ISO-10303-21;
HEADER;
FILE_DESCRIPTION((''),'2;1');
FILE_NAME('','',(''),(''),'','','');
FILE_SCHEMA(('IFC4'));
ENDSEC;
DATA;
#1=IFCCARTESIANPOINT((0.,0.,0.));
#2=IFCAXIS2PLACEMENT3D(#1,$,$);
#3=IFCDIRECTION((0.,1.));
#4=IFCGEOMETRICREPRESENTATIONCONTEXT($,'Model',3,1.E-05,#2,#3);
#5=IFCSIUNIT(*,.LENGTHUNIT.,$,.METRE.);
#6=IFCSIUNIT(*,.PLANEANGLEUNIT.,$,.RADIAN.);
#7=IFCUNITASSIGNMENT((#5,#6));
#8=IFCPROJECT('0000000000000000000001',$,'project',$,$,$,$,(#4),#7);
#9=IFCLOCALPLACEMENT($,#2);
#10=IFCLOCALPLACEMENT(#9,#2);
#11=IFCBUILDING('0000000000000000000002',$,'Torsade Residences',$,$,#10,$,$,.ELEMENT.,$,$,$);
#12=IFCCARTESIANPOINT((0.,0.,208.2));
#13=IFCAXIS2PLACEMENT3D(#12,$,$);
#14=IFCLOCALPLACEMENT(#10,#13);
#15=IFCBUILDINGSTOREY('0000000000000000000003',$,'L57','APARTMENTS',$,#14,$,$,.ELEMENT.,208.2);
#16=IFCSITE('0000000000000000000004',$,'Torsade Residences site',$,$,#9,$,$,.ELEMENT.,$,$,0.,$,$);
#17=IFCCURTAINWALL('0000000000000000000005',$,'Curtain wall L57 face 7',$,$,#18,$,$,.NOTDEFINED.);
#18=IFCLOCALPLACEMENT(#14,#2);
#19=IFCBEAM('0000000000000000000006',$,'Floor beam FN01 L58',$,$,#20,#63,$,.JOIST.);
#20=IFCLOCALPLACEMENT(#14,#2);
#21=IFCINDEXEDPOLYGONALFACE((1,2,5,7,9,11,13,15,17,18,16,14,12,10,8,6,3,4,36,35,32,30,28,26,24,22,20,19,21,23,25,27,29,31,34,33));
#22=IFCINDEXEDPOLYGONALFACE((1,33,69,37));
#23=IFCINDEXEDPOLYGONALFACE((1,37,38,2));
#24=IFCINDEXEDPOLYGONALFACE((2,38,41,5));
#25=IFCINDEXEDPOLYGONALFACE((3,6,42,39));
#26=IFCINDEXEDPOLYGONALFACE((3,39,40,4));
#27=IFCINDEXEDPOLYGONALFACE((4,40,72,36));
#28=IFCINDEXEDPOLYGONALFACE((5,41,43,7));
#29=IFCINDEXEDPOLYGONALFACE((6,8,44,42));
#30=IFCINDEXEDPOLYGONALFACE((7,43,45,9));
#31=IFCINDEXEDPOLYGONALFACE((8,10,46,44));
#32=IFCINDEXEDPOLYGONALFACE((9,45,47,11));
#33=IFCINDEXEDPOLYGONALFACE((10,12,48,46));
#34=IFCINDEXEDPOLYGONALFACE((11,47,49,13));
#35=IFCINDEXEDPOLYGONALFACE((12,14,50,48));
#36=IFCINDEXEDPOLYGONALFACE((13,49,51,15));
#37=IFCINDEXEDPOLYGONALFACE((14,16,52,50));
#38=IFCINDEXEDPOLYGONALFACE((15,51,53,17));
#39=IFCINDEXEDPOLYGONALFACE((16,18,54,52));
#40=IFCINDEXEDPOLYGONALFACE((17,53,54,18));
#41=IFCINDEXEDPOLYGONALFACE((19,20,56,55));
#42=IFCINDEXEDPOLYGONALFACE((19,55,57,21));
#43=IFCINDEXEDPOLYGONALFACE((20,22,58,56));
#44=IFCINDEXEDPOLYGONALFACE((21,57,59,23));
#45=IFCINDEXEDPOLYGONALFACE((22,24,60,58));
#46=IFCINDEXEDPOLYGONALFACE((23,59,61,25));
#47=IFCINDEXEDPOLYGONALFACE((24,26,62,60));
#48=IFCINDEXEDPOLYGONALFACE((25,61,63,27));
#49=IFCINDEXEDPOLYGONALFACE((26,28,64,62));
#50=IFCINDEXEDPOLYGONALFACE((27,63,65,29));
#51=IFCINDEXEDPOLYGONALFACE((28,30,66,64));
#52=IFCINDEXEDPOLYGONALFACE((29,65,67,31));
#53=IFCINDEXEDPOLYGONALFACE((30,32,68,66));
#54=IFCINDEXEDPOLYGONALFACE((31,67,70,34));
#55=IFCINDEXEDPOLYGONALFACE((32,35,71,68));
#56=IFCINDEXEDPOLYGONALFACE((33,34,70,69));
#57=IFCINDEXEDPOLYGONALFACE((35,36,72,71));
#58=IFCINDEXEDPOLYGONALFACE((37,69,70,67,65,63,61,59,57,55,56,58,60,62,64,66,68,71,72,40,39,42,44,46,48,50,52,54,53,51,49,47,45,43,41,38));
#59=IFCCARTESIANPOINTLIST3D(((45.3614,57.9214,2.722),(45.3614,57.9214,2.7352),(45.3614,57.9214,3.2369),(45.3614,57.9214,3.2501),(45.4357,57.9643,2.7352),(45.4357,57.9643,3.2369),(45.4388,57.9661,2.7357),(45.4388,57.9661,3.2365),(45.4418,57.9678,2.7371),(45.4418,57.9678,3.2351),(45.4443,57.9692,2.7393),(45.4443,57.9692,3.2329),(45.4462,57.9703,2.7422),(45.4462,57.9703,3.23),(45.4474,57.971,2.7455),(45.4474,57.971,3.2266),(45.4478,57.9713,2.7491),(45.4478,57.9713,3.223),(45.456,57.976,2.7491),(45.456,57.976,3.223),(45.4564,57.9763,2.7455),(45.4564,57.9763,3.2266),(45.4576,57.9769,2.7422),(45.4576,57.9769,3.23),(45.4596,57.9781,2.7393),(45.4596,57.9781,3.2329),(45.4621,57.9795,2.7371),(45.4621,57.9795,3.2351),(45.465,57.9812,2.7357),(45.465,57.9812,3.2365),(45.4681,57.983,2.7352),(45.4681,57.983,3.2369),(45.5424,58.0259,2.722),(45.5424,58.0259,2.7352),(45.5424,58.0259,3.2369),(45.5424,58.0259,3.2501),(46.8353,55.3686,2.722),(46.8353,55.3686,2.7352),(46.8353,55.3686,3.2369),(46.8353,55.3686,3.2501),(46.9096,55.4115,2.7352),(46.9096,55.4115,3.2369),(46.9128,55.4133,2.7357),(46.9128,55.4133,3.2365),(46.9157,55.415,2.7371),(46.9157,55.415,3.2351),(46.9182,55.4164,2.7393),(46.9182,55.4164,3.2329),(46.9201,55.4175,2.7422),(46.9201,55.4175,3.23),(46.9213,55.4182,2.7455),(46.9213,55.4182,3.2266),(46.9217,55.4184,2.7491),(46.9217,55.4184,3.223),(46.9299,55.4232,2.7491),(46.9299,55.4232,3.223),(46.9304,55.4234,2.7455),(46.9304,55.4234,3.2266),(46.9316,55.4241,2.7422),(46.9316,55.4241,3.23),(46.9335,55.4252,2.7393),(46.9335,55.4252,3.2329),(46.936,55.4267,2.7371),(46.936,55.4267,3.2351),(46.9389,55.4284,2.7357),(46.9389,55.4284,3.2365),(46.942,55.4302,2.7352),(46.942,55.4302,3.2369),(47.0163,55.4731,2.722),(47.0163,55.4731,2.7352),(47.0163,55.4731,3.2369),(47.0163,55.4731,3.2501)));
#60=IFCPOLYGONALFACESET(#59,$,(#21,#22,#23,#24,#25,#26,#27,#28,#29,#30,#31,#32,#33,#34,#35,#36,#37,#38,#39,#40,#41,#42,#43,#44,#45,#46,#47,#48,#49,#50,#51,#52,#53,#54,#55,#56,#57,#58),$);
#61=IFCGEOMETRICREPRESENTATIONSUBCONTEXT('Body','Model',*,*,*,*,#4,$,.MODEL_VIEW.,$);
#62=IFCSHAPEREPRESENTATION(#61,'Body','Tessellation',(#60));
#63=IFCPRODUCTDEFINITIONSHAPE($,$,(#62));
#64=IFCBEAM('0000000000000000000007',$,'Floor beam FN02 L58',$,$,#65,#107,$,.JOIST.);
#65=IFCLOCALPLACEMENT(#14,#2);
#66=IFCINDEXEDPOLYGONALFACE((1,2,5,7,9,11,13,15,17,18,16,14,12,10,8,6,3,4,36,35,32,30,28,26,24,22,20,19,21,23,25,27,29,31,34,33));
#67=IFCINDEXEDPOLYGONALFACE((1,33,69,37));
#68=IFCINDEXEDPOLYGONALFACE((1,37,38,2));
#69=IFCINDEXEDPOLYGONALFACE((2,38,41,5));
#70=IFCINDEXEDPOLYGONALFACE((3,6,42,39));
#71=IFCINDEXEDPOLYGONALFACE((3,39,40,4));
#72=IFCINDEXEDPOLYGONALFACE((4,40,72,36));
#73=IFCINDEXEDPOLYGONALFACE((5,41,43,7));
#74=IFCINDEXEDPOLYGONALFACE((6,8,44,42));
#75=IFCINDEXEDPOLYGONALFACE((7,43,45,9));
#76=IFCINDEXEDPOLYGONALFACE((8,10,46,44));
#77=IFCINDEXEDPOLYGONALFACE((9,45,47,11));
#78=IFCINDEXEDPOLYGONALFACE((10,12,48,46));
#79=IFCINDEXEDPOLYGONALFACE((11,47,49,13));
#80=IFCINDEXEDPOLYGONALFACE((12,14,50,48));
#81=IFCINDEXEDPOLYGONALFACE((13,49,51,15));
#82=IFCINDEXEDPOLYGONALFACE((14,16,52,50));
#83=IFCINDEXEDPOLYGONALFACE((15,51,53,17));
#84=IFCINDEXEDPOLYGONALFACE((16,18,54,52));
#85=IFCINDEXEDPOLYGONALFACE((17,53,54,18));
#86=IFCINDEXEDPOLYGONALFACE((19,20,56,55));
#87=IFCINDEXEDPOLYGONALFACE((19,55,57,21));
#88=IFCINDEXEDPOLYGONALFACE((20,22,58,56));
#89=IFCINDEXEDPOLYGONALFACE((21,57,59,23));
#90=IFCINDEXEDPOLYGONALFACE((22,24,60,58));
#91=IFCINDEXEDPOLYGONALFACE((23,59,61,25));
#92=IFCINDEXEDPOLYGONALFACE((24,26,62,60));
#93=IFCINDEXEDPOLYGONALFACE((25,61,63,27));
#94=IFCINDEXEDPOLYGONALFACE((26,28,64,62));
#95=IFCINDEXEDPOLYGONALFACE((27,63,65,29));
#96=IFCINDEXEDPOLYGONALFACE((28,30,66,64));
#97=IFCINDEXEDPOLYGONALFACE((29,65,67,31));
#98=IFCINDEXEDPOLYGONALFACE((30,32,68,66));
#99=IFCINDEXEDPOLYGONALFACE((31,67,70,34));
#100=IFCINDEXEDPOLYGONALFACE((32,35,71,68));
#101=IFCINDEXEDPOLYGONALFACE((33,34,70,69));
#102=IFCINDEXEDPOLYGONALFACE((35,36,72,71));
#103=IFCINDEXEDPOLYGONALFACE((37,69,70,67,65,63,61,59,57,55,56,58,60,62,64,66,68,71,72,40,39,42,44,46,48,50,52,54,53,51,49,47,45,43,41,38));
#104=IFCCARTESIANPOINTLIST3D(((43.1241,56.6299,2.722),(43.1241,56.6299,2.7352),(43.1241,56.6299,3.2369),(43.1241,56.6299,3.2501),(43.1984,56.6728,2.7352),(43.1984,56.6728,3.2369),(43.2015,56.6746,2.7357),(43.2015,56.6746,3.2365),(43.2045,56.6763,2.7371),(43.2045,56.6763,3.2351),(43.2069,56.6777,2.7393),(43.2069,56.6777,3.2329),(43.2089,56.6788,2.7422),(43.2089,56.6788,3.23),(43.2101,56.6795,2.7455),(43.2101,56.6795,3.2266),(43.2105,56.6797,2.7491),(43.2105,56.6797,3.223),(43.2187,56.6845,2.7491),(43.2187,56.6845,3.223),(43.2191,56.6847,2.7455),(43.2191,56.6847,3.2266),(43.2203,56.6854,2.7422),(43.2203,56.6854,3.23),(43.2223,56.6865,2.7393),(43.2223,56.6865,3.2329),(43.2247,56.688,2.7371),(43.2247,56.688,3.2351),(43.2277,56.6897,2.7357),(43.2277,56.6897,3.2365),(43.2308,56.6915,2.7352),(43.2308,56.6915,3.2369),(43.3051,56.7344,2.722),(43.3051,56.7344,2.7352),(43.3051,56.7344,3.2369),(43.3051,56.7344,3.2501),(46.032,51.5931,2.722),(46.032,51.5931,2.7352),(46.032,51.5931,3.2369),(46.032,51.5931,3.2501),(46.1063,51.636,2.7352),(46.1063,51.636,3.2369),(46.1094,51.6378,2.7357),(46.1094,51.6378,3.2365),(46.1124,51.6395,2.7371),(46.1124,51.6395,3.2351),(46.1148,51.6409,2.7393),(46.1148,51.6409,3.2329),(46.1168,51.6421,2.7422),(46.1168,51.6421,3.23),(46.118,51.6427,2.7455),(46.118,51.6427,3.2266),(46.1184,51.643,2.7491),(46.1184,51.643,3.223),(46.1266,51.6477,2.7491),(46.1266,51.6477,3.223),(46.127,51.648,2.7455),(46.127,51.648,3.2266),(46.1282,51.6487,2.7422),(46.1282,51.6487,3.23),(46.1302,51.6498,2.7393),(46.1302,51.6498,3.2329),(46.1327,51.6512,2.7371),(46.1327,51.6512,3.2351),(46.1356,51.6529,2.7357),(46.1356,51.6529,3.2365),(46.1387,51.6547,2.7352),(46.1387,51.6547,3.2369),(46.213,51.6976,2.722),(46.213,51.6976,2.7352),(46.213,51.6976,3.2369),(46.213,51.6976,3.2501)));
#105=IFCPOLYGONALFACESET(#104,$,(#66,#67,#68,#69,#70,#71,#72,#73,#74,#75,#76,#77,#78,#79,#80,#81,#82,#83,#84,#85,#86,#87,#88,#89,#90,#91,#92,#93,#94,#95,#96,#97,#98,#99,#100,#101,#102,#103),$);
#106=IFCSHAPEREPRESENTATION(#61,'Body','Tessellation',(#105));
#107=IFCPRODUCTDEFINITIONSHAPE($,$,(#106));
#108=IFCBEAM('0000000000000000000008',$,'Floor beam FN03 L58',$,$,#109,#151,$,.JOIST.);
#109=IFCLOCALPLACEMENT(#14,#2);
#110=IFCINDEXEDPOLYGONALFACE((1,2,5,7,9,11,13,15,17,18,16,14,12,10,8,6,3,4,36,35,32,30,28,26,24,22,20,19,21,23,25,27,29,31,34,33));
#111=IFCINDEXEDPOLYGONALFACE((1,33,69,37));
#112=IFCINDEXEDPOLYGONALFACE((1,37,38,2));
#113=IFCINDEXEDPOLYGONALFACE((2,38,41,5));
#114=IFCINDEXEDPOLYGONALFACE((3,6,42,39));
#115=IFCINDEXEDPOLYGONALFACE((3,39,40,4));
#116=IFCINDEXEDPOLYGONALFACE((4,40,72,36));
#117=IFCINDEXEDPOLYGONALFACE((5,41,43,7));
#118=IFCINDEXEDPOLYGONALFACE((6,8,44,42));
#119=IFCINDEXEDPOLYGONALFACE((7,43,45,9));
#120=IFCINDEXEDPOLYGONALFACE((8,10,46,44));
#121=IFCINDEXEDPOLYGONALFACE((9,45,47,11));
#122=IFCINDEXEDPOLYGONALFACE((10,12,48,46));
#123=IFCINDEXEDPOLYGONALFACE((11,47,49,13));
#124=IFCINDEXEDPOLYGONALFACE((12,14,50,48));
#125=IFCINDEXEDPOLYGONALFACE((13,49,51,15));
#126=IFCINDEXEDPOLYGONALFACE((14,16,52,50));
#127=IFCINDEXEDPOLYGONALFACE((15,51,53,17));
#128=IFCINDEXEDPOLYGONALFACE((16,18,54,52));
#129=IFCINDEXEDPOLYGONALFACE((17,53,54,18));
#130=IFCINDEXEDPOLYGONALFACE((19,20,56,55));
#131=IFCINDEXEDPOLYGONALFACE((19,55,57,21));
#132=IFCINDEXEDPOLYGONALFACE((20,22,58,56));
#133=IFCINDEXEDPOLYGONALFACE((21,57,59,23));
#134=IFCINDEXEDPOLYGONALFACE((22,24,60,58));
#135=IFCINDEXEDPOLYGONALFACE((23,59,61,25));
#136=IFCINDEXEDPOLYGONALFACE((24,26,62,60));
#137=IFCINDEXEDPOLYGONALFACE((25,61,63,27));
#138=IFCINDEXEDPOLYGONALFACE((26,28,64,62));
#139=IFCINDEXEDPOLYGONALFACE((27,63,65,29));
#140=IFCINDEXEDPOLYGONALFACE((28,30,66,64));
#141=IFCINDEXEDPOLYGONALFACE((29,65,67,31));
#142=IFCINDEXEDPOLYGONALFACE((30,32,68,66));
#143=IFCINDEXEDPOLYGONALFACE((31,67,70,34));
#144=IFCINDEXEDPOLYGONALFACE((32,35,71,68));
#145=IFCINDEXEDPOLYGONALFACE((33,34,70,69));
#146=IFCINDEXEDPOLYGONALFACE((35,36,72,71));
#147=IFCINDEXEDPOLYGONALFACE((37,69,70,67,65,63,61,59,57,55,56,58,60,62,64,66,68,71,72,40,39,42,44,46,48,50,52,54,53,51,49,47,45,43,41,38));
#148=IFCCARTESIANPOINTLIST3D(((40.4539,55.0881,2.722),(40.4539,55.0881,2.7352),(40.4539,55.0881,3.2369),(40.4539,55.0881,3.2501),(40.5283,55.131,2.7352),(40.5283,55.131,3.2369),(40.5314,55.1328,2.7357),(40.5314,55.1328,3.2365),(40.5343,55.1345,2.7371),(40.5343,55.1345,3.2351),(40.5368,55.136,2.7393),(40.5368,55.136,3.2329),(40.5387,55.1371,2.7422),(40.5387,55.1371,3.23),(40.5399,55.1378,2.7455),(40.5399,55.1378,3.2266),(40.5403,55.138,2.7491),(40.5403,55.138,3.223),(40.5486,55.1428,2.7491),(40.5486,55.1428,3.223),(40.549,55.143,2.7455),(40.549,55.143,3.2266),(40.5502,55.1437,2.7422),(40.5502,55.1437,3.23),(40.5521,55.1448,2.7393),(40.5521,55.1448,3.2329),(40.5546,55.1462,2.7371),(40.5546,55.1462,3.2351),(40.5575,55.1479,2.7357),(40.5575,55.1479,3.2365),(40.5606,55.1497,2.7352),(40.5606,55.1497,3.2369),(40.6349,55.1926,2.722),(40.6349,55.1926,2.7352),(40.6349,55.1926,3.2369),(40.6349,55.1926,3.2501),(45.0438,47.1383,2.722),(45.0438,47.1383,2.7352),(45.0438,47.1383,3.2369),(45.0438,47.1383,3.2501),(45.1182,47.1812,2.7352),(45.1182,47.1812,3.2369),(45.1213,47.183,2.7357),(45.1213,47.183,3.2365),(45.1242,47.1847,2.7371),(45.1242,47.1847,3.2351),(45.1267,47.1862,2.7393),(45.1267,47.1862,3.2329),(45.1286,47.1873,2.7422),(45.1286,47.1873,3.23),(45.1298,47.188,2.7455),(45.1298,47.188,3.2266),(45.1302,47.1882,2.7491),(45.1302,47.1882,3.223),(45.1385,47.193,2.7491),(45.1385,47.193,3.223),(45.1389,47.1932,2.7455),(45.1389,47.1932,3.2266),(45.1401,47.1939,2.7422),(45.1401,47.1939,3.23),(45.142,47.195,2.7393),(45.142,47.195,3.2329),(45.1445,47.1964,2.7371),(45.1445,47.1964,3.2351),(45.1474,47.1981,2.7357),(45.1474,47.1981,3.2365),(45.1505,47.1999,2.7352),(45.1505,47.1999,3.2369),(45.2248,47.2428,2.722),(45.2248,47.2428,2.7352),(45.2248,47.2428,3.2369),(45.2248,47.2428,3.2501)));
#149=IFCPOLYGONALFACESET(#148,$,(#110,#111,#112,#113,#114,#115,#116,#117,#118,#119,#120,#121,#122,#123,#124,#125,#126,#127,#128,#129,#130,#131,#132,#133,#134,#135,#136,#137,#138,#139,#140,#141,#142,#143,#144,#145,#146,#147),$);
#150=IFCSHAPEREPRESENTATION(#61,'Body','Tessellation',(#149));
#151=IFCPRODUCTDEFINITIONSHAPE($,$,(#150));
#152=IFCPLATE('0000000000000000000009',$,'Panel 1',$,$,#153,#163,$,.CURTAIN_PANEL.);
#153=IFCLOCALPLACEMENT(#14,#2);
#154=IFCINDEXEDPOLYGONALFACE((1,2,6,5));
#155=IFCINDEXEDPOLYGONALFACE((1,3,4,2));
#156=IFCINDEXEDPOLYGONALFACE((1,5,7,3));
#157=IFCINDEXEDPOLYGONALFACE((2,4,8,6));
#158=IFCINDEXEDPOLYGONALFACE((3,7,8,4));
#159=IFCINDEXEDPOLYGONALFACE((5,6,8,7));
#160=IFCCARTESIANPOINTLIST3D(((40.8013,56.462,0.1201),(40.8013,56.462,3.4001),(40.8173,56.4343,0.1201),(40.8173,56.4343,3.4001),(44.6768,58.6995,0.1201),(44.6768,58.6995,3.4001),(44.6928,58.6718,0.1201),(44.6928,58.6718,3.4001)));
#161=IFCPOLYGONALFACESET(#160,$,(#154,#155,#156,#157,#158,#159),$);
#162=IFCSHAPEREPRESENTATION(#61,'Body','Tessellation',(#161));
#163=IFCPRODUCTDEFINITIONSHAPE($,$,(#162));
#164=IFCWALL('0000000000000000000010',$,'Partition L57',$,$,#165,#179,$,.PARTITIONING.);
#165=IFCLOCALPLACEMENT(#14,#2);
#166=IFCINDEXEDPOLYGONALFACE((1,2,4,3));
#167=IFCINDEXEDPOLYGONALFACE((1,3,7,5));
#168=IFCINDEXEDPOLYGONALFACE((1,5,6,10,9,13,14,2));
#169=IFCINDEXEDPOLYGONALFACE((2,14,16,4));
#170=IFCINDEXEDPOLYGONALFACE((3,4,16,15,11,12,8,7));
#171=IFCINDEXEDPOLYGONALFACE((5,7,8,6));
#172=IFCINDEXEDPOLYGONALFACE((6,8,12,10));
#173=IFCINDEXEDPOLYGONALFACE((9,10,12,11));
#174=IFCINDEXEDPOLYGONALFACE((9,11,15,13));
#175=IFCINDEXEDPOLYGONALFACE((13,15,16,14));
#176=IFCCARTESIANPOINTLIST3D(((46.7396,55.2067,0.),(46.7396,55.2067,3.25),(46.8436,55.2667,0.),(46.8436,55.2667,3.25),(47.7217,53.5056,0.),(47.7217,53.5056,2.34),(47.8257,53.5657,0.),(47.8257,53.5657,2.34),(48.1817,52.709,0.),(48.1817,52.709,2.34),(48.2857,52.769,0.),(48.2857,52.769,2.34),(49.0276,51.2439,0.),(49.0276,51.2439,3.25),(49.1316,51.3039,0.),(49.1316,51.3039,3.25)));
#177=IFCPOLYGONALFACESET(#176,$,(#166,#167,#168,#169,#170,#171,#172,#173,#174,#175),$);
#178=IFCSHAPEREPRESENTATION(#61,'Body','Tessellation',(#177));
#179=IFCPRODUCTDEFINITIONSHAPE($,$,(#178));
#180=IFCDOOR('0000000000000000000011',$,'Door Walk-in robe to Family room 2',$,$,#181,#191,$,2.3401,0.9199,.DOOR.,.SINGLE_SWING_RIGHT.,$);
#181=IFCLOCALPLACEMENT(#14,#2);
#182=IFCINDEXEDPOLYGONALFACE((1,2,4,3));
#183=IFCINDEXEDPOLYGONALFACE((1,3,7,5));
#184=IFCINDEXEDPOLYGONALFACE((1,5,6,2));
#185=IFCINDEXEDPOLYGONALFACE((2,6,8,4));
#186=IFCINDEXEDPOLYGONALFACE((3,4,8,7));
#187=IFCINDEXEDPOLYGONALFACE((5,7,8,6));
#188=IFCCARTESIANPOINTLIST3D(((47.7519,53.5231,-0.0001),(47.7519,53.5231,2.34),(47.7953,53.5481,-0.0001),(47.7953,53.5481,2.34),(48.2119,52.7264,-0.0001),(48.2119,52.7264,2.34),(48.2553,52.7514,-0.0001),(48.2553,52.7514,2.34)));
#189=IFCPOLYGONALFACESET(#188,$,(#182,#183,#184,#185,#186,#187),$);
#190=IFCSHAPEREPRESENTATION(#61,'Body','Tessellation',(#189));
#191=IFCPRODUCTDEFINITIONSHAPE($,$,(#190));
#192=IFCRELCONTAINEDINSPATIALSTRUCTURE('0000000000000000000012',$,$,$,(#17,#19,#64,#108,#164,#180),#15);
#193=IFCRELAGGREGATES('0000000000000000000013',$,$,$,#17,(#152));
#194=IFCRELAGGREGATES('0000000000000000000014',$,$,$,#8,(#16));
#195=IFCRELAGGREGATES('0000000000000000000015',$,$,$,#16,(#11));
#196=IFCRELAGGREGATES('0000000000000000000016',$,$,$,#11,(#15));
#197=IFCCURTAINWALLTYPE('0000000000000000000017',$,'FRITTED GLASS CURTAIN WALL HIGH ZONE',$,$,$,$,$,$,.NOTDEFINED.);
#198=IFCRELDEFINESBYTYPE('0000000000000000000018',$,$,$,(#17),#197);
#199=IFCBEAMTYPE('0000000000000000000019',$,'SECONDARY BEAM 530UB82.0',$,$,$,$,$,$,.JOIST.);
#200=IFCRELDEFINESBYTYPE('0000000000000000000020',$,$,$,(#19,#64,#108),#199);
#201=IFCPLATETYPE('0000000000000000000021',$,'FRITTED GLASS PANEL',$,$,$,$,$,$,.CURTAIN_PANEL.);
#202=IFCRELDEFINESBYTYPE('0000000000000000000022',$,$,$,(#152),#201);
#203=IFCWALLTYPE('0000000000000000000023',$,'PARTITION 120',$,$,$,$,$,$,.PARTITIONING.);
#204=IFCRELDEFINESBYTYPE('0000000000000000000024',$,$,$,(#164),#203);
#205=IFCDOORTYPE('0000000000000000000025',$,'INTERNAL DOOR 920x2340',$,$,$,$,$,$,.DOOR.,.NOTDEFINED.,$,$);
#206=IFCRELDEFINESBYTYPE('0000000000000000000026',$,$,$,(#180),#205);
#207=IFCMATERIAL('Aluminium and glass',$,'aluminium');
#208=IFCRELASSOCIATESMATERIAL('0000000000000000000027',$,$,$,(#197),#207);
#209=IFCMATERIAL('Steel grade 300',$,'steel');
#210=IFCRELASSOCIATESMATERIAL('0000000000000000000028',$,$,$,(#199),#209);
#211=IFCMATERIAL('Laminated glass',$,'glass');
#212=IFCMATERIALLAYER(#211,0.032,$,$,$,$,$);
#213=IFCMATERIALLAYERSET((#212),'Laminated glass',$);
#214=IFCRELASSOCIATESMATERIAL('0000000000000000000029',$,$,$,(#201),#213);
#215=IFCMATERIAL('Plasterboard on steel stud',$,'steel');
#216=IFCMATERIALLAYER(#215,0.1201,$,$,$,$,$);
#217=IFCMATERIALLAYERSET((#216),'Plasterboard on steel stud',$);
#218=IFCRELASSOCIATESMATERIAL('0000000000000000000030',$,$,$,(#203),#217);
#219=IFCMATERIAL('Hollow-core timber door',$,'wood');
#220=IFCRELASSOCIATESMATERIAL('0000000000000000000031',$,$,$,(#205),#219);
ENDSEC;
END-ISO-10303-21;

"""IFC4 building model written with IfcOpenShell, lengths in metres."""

from ifc_helpers import new_model, si_unit, direction, frame, frame_2d, origin, origin_2d, place, context, subcontext, project, spatial, rectangle, i_section, extrude, material, layer, layer_set, material_profile, profile_set, type_object, element, fill, aggregate, save


model = new_model("IFC4")

# Units and contexts
model_context = context("Model", 3, precision=1e-05, world=origin(), true_north=direction((0.0, 1.0)))
body_context = subcontext(model_context, "Body", "Model", "MODEL_VIEW")
ifc_project = project(units=[si_unit("LENGTHUNIT", "METRE"), si_unit("PLANEANGLEUNIT", "RADIAN")], contexts=[model_context])

# Site, building, storey
site_placement = place(None, origin())
site = spatial("IfcSite", under=ifc_project, at=site_placement, Name="Torsade Residences site", CompositionType="ELEMENT", RefElevation=0.0)
building_placement = place(site_placement, origin())
building = spatial("IfcBuilding", under=site, at=building_placement, Name="Torsade Residences", CompositionType="ELEMENT")
storey_placement = place(building_placement, frame((0.0, 0.0, 208.2)))
storey = spatial("IfcBuildingStorey", under=building, at=storey_placement, Name="L57", Description="APARTMENTS", CompositionType="ELEMENT", Elevation=208.2)

# Curtain wall
ifc_material_1 = material(Name="Aluminium and glass", Category="aluminium")
curtain_wall_type = type_object("IfcCurtainWallType", Name="FRITTED GLASS CURTAIN WALL HIGH ZONE", PredefinedType="NOTDEFINED", material=ifc_material_1)
curtain_wall_placement = place(storey_placement, origin())
curtain_wall = element("IfcCurtainWall", 1, at=curtain_wall_placement, inside=storey, type_object=curtain_wall_type, Name="Curtain wall L57 face 7", PredefinedType="NOTDEFINED")

# Beams
ifc_material_2 = material(Name="Steel grade 300", Category="steel")
ifc_material_profile_1 = material_profile(ifc_material_2, i_section(OverallWidth=0.209, OverallDepth=0.5281, WebThickness=0.0095, FlangeThickness=0.0132, FilletRadius=0.0139, at=origin_2d()), Name="530UB82.0")
ifc_profile_set_1 = profile_set([ifc_material_profile_1], Name="Steel grade 300")
beam_type_1 = type_object("IfcBeamType", Name="SECONDARY BEAM 530UB82.0", PredefinedType="JOIST", material=ifc_profile_set_1)
beam_1_placement = place(storey_placement, frame((45.4519, 57.9736, 2.9861), z_axis=(0.500014, -0.866017, 0.0), x_axis=(0.866017, 0.500014, 0.0)))
element("IfcBeam", 2, at=beam_1_placement, inside=storey, type_object=beam_type_1, Name="Floor beam FN01 L58", PredefinedType="JOIST", context=body_context, shape_type="SweptSolid", body=[
    extrude(i_section(OverallWidth=0.209, OverallDepth=0.5281, WebThickness=0.0095, FlangeThickness=0.0132, FilletRadius=0.0139, at=origin_2d()), origin(), (0.0, 0.0, 1.0), 2.9478),
])
beam_2_placement = place(storey_placement, frame((43.2146, 56.6821, 2.9861), z_axis=(0.49999, -0.866031, 0.0), x_axis=(0.866031, 0.49999, 0.0)))
element("IfcBeam", 3, at=beam_2_placement, inside=storey, type_object=beam_type_1, Name="Floor beam FN02 L58", PredefinedType="JOIST", context=body_context, shape_type="SweptSolid", body=[
    extrude(i_section(OverallWidth=0.209, OverallDepth=0.5281, WebThickness=0.0095, FlangeThickness=0.0132, FilletRadius=0.0139, at=origin_2d()), origin(), (0.0, 0.0, 1.0), 5.8159),
])
beam_3_placement = place(storey_placement, frame((40.5444, 55.1404, 2.9861), z_axis=(0.500006, -0.866022, 0.0), x_axis=(0.866022, 0.500006, 0.0)))
element("IfcBeam", 4, at=beam_3_placement, inside=storey, type_object=beam_type_1, Name="Floor beam FN03 L58", PredefinedType="JOIST", context=body_context, shape_type="SweptSolid", body=[
    extrude(i_section(OverallWidth=0.209, OverallDepth=0.5281, WebThickness=0.0095, FlangeThickness=0.0132, FilletRadius=0.0139, at=origin_2d()), origin(), (0.0, 0.0, 1.0), 9.1797),
])

# Plate
ifc_material_3 = material(Name="Laminated glass", Category="glass")
ifc_layer_1 = layer(ifc_material_3, 0.032)
ifc_layer_set_1 = layer_set([ifc_layer_1], Name="Laminated glass")
plate_type = type_object("IfcPlateType", Name="FRITTED GLASS PANEL", PredefinedType="CURTAIN_PANEL", material=ifc_layer_set_1)
plate_placement = place(storey_placement, frame((42.7471, 57.5669, 0.1201), z_axis=(0.0, 0.0, 1.0), x_axis=(-0.866025, -0.5, 0.0)))
plate = element("IfcPlate", 5, at=plate_placement, type_object=plate_type, Name="Panel 1", PredefinedType="CURTAIN_PANEL", context=body_context, shape_type="SweptSolid", body=[
    extrude(rectangle(XDim=4.4751, YDim=0.032, at=origin_2d()), origin(), (0.0, 0.0, 1.0), 3.28),
])
aggregate(curtain_wall, [plate])

# Wall, opening, door
ifc_material_4 = material(Name="Plasterboard on steel stud", Category="steel")
ifc_layer_2 = layer(ifc_material_4, 0.1201)
ifc_layer_set_2 = layer_set([ifc_layer_2], Name="Plasterboard on steel stud")
wall_type_1 = type_object("IfcWallType", Name="PARTITION 120", PredefinedType="PARTITIONING", material=ifc_layer_set_2)
wall_1_placement = place(storey_placement, frame((46.7915, 55.2368, 0.0), z_axis=(0.0, 0.0, 1.0), x_axis=(0.500018, -0.866015, 0.0)))
wall_1 = element("IfcWall", 6, at=wall_1_placement, inside=storey, type_object=wall_type_1, Name="Partition L57", PredefinedType="PARTITIONING", context=body_context, shape_type="SweptSolid", body=[
    extrude(rectangle(XDim=4.5759, YDim=0.1201, at=frame_2d((2.2881, 0.0))), origin(), (0.0, 0.0, 1.0), 3.25),
])
opening_1_placement = place(wall_1_placement, frame((1.9644, 0.0, 0.0)))
opening_1 = element("IfcOpeningElement", 7, at=opening_1_placement, cuts=wall_1, PredefinedType="OPENING", context=body_context, shape_type="SweptSolid", body=[
    extrude(rectangle(XDim=0.9199, YDim=2.3401, at=frame_2d((0.46, 1.1699))), frame((0.0, 0.0701, 0.0), z_axis=(0.0, -1.0, 0.0), x_axis=(1.0, 0.0, 0.0)), (0.0, 0.0, 1.0), 0.1401),
])
ifc_material_5 = material(Name="Hollow-core timber door", Category="wood")
door_type = type_object("IfcDoorType", Name="INTERNAL DOOR 920x2340", OperationType="NOTDEFINED", PredefinedType="DOOR", material=ifc_material_5)
door_placement = place(opening_1_placement, origin())
door = element("IfcDoor", 8, at=door_placement, inside=storey, type_object=door_type, Name="Door Walk-in robe to Family room 2", OperationType="SINGLE_SWING_RIGHT", OverallHeight=2.3401, OverallWidth=0.9199, PredefinedType="DOOR", context=body_context, shape_type="SweptSolid", body=[
    extrude(rectangle(XDim=0.9199, YDim=2.3401, at=frame_2d((0.46, 1.1699))), frame((0.0, 0.0249, 0.0), z_axis=(0.0, -1.0, 0.0), x_axis=(1.0, 0.0, 0.0)), (0.0, 0.0, 1.0), 0.05),
])
fill(opening_1, door)

save(model, "model.ifc")
